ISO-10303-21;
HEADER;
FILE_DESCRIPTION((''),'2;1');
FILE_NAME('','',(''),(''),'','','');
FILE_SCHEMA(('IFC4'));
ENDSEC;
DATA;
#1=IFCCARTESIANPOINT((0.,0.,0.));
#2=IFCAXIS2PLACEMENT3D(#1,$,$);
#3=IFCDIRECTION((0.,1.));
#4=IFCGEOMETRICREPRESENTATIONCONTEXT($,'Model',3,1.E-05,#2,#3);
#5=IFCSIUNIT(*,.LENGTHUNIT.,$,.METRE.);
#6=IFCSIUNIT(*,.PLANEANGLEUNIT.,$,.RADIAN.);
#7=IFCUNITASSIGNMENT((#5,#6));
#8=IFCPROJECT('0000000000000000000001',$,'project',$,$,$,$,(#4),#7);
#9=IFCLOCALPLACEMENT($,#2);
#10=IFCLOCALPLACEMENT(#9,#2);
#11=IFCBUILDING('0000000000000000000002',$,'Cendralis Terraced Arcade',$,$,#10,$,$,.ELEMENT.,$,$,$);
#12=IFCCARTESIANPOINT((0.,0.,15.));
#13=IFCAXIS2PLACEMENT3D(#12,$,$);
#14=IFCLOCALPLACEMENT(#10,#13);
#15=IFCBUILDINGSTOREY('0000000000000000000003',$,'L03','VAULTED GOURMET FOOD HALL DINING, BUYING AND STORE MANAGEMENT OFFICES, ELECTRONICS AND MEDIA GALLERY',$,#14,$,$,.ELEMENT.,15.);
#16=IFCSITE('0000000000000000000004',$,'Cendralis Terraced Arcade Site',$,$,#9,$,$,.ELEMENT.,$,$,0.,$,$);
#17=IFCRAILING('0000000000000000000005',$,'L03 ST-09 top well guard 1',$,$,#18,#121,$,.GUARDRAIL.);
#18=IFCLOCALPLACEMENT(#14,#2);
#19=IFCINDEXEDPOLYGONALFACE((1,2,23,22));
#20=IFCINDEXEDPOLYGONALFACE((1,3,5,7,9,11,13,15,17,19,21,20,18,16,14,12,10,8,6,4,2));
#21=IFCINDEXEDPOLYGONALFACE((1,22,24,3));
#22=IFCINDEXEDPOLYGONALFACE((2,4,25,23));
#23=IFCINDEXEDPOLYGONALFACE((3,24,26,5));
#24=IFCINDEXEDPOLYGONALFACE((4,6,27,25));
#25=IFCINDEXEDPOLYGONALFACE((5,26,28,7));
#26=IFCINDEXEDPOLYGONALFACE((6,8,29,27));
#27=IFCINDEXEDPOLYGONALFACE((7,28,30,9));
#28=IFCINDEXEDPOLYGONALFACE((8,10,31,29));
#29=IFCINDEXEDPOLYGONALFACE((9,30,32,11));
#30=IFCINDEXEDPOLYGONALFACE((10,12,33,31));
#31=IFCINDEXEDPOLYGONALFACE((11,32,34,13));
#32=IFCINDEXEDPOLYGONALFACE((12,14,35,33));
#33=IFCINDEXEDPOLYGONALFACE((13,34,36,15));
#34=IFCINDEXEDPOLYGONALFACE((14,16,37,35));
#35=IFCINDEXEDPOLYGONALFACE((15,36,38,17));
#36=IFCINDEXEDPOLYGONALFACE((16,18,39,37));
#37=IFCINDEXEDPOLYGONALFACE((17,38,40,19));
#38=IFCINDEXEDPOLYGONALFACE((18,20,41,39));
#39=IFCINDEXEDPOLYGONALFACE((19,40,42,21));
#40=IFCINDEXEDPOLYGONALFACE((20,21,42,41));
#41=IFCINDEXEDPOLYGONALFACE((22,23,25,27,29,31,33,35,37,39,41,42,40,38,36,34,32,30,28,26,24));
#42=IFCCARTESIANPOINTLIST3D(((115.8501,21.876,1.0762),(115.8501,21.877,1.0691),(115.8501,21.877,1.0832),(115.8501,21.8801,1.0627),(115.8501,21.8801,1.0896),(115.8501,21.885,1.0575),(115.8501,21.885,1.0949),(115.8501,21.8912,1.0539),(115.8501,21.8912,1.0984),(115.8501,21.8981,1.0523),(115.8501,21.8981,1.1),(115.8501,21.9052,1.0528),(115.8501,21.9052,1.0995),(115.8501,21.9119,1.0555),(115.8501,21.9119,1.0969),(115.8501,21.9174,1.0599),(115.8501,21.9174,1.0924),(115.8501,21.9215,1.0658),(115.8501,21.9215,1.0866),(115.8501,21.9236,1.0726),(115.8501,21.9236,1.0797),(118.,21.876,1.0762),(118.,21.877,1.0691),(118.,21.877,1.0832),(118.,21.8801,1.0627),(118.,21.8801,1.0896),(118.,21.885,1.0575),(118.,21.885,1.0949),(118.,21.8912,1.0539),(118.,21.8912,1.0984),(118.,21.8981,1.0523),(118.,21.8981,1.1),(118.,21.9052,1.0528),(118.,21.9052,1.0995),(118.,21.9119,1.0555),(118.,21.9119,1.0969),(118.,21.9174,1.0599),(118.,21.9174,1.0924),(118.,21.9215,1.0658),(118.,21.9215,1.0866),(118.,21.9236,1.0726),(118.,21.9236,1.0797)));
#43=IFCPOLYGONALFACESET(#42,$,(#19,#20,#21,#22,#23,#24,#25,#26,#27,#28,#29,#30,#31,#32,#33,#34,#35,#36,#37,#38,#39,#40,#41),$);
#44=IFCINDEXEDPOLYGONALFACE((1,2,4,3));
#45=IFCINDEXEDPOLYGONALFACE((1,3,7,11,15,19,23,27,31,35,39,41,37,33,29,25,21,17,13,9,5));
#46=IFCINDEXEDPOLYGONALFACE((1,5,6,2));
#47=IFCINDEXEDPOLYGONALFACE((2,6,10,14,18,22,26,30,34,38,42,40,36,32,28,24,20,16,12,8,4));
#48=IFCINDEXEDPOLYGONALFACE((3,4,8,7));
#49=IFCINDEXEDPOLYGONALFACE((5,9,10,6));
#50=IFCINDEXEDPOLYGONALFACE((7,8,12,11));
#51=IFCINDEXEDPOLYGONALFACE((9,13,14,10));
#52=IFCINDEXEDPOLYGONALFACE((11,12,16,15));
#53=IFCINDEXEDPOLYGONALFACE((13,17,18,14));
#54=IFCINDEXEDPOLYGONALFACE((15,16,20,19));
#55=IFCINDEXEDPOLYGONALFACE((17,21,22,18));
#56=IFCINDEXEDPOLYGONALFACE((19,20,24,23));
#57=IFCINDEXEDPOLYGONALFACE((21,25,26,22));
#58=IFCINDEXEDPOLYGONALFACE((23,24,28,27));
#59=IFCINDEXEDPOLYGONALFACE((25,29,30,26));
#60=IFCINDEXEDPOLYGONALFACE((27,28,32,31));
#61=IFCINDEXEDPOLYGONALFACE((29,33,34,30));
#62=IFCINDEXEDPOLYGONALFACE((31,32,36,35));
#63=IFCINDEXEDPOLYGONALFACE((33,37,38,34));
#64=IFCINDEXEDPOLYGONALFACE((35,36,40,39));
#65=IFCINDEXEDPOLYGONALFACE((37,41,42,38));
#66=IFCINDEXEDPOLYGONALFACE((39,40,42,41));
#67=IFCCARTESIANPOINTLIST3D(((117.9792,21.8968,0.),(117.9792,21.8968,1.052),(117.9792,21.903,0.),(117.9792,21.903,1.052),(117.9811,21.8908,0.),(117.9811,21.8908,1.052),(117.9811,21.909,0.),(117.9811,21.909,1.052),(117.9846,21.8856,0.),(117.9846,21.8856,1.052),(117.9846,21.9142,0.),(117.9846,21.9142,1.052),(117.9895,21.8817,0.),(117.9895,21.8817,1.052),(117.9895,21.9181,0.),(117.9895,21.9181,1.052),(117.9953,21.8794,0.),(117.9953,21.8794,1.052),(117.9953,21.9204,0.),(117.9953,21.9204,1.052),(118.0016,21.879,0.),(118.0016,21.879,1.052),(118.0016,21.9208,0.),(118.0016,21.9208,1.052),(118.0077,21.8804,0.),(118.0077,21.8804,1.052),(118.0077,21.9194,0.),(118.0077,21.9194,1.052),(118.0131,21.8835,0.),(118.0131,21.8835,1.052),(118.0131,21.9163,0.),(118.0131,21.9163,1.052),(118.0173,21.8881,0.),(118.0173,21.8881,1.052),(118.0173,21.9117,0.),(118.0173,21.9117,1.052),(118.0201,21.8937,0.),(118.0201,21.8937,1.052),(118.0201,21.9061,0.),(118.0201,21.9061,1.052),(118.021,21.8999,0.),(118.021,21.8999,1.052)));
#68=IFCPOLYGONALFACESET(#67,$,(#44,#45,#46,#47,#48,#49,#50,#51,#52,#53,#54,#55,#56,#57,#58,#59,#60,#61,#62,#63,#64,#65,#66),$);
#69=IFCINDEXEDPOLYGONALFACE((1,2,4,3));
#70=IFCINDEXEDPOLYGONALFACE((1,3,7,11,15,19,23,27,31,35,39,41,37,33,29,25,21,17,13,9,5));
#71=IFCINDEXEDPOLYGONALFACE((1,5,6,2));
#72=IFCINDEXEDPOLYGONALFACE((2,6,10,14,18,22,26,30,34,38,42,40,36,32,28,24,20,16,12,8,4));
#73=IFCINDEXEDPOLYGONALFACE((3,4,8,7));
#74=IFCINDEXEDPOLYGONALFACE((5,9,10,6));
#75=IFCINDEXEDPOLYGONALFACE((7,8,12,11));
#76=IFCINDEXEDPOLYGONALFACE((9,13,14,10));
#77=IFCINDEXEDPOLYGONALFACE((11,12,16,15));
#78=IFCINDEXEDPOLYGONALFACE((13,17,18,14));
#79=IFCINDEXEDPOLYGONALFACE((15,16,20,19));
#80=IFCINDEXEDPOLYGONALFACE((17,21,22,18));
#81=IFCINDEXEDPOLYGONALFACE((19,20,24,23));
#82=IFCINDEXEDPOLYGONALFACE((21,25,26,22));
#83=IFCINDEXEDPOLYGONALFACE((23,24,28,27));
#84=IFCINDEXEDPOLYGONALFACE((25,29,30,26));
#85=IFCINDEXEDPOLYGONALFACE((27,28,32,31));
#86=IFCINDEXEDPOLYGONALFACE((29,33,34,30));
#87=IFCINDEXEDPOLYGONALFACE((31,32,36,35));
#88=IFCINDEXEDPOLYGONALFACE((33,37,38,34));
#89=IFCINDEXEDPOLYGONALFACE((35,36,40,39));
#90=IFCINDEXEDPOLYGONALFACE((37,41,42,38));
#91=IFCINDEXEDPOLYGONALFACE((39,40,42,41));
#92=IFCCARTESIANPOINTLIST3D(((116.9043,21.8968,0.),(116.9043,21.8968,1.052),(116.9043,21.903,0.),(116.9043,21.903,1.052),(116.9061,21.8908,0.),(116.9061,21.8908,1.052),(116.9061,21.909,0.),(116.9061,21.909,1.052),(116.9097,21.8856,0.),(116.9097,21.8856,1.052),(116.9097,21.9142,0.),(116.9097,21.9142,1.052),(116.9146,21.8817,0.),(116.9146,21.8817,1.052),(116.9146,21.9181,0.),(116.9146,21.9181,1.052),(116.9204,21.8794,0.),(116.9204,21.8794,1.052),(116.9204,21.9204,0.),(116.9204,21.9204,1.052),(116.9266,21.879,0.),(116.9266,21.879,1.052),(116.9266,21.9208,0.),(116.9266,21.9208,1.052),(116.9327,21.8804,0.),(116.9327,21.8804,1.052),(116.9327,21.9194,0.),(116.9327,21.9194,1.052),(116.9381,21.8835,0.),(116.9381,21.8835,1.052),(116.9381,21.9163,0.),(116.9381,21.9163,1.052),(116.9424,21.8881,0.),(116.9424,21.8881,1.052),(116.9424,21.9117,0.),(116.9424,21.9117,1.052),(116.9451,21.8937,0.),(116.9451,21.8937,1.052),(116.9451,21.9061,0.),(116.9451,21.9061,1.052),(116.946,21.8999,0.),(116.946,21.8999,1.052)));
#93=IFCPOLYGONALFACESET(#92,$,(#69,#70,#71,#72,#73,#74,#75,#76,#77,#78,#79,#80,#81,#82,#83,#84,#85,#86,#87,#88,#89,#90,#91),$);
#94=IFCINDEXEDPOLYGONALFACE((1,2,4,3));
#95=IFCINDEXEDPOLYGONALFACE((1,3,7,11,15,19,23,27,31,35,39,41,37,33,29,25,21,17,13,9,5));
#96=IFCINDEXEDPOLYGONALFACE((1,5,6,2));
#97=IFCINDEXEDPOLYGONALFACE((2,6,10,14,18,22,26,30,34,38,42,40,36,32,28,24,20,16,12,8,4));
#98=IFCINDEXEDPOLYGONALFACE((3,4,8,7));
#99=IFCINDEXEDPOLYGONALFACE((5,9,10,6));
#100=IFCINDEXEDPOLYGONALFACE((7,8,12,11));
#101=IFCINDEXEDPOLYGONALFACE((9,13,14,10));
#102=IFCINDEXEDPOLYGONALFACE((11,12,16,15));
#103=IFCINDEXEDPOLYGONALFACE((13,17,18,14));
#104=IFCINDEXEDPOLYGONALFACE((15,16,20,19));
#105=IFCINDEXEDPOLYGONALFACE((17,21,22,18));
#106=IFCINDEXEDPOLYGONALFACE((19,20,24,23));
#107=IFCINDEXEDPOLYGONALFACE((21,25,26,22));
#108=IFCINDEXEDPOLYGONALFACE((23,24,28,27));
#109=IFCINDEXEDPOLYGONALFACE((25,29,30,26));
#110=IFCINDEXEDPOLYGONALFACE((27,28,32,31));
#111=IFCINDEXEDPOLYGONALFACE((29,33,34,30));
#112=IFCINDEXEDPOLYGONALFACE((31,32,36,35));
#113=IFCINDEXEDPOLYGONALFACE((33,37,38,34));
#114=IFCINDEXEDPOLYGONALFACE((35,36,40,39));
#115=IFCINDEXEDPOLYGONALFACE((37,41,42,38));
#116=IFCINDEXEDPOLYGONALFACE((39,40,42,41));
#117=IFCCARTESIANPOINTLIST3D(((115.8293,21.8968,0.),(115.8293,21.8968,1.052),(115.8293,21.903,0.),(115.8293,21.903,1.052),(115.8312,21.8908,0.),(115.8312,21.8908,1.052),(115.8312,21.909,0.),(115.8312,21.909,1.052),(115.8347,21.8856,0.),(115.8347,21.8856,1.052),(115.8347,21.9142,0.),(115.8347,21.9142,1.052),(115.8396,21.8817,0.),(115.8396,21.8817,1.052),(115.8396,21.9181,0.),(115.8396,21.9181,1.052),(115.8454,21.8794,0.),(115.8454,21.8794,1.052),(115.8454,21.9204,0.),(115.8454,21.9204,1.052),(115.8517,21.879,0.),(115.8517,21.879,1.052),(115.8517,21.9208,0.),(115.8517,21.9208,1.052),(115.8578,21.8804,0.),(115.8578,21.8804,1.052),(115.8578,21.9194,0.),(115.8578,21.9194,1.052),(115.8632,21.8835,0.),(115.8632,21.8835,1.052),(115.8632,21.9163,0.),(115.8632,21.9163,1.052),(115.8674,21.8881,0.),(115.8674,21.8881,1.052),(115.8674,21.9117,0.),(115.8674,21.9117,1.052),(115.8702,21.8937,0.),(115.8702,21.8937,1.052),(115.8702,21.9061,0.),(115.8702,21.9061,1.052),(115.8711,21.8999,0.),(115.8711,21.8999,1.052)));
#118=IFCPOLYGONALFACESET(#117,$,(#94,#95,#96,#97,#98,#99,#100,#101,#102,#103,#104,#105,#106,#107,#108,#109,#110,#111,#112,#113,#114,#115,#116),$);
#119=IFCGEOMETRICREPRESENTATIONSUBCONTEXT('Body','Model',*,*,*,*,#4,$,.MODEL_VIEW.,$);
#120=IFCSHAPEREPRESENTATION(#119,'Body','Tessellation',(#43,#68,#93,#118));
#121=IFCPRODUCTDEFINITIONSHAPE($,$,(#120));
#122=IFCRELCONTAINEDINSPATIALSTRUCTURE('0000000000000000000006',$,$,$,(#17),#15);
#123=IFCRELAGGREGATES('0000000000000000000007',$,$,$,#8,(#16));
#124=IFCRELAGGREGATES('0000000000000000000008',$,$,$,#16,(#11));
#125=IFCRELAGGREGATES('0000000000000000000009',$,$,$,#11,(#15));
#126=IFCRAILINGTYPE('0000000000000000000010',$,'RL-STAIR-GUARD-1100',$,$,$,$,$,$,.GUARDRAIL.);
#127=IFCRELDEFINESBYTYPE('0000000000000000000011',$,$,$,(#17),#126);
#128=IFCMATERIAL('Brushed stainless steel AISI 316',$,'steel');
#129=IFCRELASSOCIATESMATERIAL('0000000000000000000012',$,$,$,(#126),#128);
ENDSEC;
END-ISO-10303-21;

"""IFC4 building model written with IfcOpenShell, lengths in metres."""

from ifc_helpers import new_model, si_unit, direction, frame, origin, origin_2d, place, context, subcontext, project, spatial, circle, extrude, material, type_object, element, save


model = new_model("IFC4")

# Units and contexts
model_context = context("Model", 3, precision=1e-05, world=origin(), true_north=direction((0.0, 1.0)))
body_context = subcontext(model_context, "Body", "Model", "MODEL_VIEW")
ifc_project = project(units=[si_unit("LENGTHUNIT", "METRE"), si_unit("PLANEANGLEUNIT", "RADIAN")], contexts=[model_context])

# Site, building, storey
site_placement = place(None, origin())
site = spatial("IfcSite", under=ifc_project, at=site_placement, Name="Cendralis Terraced Arcade Site", CompositionType="ELEMENT", RefElevation=0.0)
building_placement = place(site_placement, origin())
building = spatial("IfcBuilding", under=site, at=building_placement, Name="Cendralis Terraced Arcade", CompositionType="ELEMENT")
storey_placement = place(building_placement, frame((0.0, 0.0, 15.0)))
storey = spatial("IfcBuildingStorey", under=building, at=storey_placement, Name="L03", Description="VAULTED GOURMET FOOD HALL DINING, BUYING AND STORE MANAGEMENT OFFICES, ELECTRONICS AND MEDIA GALLERY", CompositionType="ELEMENT", Elevation=15.0)

# Railing
ifc_material_1 = material(Name="Brushed stainless steel AISI 316", Category="steel")
railing_type_1 = type_object("IfcRailingType", Name="RL-STAIR-GUARD-1100", PredefinedType="GUARDRAIL", material=ifc_material_1)
railing_1_placement = place(storey_placement, frame((118.0, 21.8999, 0.0)))
element("IfcRailing", 1, at=railing_1_placement, inside=storey, type_object=railing_type_1, Name="L03 ST-09 top well guard 1", PredefinedType="GUARDRAIL", context=body_context, shape_type="SweptSolid", body=[
    extrude(circle(Radius=0.0239, at=origin_2d()), frame((0.0, 0.0, 1.0762), z_axis=(-1.0, 0.0, 0.0), x_axis=(0.0, -1.0, 0.0)), (0.0, 0.0, 1.0), 2.1499),
    extrude(circle(Radius=0.021, at=origin_2d()), origin(), (0.0, 0.0, 1.0), 1.052),
    extrude(circle(Radius=0.021, at=origin_2d()), frame((-1.075, 0.0, 0.0)), (0.0, 0.0, 1.0), 1.052),
    extrude(circle(Radius=0.021, at=origin_2d()), frame((-2.1499, 0.0, 0.0)), (0.0, 0.0, 1.0), 1.052),
])

save(model, "model.ifc")
